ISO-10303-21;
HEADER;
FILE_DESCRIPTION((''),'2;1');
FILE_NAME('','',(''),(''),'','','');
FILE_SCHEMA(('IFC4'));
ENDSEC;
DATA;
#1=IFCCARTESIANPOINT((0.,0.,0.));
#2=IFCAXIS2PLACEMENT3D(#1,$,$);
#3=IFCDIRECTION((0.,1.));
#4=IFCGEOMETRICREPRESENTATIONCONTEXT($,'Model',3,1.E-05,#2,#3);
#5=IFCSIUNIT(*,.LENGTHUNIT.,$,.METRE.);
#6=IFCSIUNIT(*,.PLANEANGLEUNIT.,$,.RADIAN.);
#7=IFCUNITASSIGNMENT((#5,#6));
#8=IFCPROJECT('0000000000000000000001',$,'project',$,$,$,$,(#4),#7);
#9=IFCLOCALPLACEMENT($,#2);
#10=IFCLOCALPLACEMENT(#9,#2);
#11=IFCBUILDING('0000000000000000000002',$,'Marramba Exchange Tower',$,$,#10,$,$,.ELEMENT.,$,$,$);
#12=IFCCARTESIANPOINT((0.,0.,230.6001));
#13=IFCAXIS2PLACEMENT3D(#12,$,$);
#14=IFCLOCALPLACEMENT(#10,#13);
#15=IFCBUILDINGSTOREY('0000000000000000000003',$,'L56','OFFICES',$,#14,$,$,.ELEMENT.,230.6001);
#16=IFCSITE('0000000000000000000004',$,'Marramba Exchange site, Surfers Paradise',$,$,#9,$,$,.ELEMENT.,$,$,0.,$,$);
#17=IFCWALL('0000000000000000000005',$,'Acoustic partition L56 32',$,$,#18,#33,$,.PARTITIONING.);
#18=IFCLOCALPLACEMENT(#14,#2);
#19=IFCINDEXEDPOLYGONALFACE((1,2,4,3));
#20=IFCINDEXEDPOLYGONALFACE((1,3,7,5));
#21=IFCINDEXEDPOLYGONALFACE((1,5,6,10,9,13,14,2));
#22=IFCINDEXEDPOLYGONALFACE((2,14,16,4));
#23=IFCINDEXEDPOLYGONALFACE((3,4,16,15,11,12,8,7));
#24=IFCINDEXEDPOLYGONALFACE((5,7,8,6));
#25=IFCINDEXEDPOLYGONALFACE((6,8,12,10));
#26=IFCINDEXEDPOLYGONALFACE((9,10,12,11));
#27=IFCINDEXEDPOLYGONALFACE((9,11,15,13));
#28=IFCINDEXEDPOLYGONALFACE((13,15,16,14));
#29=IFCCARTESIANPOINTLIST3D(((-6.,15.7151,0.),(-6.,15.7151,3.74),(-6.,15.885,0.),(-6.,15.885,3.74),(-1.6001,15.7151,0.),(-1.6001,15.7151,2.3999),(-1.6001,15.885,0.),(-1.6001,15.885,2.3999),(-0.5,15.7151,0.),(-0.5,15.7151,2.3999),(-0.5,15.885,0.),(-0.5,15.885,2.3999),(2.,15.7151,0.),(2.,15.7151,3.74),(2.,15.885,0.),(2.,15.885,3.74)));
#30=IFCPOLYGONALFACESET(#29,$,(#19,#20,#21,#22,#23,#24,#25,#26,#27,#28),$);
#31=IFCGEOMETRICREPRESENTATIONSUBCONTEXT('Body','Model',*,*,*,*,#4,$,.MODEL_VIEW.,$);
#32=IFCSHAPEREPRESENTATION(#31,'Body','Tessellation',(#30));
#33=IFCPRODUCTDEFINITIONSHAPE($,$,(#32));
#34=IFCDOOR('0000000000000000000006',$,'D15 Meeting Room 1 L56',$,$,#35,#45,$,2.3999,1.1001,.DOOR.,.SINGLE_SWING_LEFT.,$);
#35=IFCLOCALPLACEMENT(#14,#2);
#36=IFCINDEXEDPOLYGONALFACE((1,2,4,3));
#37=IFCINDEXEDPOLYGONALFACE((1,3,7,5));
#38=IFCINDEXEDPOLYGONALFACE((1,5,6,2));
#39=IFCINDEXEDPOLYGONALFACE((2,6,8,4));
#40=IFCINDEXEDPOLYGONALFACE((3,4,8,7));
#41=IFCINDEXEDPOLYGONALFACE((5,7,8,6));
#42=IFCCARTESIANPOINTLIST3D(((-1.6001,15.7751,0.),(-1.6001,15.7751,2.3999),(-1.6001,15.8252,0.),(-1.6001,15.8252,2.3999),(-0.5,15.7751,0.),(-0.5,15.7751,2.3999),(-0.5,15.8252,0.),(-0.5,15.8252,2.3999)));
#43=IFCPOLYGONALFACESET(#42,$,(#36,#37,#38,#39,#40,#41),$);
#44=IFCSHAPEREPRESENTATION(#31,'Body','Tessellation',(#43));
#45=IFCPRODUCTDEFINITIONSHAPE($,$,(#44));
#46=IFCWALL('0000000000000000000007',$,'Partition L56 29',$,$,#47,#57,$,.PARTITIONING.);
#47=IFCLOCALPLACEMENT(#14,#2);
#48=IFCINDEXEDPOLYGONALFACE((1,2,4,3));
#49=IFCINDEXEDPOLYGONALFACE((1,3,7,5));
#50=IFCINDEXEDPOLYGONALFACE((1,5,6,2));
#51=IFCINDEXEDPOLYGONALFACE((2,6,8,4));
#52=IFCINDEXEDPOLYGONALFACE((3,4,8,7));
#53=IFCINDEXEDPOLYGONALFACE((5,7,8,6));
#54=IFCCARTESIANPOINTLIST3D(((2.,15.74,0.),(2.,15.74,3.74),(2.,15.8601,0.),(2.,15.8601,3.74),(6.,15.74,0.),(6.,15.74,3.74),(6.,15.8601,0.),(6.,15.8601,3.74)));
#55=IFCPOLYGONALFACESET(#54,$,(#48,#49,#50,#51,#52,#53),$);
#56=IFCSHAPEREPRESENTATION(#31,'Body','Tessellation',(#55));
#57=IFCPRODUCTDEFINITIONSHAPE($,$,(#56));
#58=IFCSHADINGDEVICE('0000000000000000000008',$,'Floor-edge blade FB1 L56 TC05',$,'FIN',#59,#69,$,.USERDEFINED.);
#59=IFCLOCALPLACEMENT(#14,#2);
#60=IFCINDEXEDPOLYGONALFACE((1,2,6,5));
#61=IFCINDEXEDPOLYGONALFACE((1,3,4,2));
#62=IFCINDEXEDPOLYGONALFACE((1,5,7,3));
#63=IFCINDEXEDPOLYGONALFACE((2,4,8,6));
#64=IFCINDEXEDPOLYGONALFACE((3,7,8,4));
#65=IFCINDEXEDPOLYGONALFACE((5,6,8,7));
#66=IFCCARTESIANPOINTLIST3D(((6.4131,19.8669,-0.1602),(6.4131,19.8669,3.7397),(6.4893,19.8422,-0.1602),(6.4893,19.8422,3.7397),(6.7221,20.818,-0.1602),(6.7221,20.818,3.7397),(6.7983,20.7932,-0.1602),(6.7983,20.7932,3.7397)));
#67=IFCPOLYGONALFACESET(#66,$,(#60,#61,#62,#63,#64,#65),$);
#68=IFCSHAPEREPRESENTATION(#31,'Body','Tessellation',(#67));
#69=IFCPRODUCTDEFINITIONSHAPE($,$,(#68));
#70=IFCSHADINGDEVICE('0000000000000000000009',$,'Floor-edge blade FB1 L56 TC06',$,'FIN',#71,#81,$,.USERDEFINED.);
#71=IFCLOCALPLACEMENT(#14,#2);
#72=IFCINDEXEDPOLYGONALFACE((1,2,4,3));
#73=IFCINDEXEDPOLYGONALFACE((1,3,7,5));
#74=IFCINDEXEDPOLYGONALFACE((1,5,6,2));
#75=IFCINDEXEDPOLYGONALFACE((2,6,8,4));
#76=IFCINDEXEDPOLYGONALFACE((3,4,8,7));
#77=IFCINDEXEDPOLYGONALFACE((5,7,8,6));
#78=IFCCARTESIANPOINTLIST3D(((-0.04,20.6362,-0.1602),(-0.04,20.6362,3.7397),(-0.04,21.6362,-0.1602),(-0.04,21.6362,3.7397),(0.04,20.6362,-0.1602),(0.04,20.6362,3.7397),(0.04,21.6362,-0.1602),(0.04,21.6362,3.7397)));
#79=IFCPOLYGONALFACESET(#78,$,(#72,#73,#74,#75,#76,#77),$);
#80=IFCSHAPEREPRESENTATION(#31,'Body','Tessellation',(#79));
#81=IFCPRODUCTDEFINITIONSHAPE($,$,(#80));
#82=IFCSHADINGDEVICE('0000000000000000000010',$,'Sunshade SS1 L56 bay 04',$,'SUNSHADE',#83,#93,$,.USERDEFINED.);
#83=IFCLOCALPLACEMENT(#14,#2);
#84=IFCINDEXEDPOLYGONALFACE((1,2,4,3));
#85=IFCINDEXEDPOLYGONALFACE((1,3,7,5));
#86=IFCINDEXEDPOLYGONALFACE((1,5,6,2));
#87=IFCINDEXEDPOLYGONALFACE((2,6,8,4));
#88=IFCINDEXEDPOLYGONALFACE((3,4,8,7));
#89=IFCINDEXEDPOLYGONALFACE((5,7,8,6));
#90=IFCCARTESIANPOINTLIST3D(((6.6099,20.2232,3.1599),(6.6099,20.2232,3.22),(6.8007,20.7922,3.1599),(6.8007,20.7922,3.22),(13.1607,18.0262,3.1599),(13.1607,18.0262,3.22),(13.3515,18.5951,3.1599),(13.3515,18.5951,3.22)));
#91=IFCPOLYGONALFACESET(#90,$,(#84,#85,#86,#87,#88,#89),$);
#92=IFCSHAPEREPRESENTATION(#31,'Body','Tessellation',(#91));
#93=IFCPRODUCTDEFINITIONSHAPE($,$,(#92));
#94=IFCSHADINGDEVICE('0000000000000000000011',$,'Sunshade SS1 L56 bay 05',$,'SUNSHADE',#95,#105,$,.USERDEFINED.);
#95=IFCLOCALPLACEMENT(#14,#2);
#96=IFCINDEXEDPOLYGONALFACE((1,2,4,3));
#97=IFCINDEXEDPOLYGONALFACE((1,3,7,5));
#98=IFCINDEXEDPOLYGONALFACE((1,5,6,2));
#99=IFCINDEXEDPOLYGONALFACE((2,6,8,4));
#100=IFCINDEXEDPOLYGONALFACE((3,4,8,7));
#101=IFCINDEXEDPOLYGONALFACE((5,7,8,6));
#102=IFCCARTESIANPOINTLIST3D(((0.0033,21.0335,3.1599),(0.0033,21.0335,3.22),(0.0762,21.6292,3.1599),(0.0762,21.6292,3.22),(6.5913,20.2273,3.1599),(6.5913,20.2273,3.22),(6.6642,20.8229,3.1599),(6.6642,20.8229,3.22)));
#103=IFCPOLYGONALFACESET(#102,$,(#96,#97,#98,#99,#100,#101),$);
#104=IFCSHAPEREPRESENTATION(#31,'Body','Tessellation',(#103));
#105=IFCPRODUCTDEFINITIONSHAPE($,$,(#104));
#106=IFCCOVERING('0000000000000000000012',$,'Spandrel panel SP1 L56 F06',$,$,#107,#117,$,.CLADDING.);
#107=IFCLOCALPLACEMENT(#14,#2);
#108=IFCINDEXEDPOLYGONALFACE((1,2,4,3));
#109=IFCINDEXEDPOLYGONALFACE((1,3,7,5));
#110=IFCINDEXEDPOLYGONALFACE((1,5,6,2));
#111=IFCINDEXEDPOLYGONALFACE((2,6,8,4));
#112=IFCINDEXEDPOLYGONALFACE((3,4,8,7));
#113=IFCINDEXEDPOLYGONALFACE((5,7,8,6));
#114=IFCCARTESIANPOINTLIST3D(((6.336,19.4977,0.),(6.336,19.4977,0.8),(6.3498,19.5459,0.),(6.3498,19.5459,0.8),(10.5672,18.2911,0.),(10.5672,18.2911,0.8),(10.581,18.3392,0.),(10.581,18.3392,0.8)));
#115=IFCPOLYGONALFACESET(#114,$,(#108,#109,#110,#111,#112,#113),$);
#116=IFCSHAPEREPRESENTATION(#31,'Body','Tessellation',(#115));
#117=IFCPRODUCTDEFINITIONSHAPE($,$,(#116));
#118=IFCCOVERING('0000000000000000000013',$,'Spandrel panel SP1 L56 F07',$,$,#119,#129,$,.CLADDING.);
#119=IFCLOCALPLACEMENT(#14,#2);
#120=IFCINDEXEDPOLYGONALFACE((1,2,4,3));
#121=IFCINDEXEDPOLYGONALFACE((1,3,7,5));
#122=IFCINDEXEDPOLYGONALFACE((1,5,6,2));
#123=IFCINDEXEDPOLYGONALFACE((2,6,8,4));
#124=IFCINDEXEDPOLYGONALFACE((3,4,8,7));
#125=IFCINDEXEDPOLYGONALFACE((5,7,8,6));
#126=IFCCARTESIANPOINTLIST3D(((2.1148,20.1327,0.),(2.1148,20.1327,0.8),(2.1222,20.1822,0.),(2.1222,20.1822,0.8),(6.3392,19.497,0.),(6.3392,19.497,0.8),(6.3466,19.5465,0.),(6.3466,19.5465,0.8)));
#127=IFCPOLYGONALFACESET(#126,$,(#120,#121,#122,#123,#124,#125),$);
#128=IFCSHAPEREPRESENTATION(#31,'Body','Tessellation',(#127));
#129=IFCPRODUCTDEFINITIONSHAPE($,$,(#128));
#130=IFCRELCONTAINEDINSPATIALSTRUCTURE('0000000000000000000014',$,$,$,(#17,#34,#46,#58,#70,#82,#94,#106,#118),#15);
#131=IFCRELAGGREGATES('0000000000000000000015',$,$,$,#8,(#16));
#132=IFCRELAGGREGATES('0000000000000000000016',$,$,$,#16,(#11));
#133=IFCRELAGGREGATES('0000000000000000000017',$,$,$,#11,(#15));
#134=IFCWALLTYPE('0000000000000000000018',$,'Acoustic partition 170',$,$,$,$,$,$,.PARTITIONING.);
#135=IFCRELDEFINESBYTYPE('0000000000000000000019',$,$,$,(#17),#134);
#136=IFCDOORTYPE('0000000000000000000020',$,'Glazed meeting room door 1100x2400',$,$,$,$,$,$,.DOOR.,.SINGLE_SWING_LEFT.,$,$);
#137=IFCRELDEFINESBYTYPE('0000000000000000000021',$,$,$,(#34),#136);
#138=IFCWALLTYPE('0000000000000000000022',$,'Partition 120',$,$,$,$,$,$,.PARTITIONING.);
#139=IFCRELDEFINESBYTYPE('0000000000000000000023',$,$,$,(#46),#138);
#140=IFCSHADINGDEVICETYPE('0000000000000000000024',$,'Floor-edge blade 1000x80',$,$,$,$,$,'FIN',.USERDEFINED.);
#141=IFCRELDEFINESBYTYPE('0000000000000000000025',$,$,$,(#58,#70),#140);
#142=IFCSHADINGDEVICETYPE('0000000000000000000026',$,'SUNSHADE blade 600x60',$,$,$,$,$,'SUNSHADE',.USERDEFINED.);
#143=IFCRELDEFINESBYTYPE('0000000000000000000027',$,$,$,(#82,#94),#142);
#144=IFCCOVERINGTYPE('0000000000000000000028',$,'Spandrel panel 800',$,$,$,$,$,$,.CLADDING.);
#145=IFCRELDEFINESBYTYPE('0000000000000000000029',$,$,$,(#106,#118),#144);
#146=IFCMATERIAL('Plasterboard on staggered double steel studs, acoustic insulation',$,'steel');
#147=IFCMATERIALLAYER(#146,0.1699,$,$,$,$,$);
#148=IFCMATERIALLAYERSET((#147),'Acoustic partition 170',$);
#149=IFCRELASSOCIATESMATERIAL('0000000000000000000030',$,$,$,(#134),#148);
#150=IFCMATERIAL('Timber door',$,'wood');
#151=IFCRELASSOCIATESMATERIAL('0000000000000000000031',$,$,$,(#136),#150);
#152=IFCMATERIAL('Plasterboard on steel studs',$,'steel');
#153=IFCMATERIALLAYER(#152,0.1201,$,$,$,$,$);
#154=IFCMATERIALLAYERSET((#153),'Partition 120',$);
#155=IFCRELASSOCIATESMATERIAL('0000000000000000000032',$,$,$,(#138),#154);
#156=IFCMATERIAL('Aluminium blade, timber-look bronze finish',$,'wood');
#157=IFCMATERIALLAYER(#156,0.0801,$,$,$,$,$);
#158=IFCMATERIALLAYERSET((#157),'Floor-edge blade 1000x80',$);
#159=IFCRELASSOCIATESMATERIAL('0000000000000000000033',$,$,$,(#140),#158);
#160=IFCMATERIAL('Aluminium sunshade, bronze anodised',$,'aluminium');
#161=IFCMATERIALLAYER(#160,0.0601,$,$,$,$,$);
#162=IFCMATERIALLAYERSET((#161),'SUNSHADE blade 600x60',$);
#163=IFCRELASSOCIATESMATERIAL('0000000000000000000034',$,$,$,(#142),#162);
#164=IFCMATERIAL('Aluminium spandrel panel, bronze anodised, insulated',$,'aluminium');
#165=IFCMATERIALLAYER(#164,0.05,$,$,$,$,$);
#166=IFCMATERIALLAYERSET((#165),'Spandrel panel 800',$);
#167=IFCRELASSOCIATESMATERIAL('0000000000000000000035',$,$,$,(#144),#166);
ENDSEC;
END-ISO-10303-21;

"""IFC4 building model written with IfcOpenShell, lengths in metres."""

from ifc_helpers import new_model, si_unit, direction, frame, frame_2d, origin, origin_2d, place, context, subcontext, project, spatial, rectangle, extrude, material, layer, layer_set, type_object, element, fill, save


model = new_model("IFC4")

# Units and contexts
model_context = context("Model", 3, precision=1e-05, world=origin(), true_north=direction((0.0, 1.0)))
body_context = subcontext(model_context, "Body", "Model", "MODEL_VIEW")
ifc_project = project(units=[si_unit("LENGTHUNIT", "METRE"), si_unit("PLANEANGLEUNIT", "RADIAN")], contexts=[model_context])

# Site, building, storey
site_placement = place(None, origin())
site = spatial("IfcSite", under=ifc_project, at=site_placement, Name="Marramba Exchange site, Surfers Paradise", CompositionType="ELEMENT", RefElevation=0.0)
building_placement = place(site_placement, origin())
building = spatial("IfcBuilding", under=site, at=building_placement, Name="Marramba Exchange Tower", CompositionType="ELEMENT")
storey_placement = place(building_placement, frame((0.0, 0.0, 230.6001)))
storey = spatial("IfcBuildingStorey", under=building, at=storey_placement, Name="L56", Description="OFFICES", CompositionType="ELEMENT", Elevation=230.6001)

# Shared definitions
ifc_material_1 = material(Name="Plasterboard on staggered double steel studs, acoustic insulation", Category="steel")
ifc_layer_1 = layer(ifc_material_1, 0.1699)
ifc_layer_set_1 = layer_set([ifc_layer_1], Name="Acoustic partition 170")
wall_type_1 = type_object("IfcWallType", Name="Acoustic partition 170", PredefinedType="PARTITIONING", material=ifc_layer_set_1)

# Wall, opening, door
wall_1_placement = place(storey_placement, frame((2.0, 15.8, 0.0), z_axis=(0.0, 0.0, 1.0), x_axis=(-1.0, 0.0, 0.0)))
wall_1 = element("IfcWall", 1, at=wall_1_placement, inside=storey, type_object=wall_type_1, Name="Acoustic partition L56 32", PredefinedType="PARTITIONING", context=body_context, shape_type="SweptSolid", body=[
    extrude(rectangle(XDim=8.0, YDim=0.1699, at=frame_2d((4.0, 0.0))), origin(), (0.0, 0.0, 1.0), 3.74),
])
opening_placement = place(wall_1_placement, frame((2.5, 0.0, 0.0)))
opening = element("IfcOpeningElement", 2, at=opening_placement, cuts=wall_1, PredefinedType="OPENING", context=body_context, shape_type="SweptSolid", body=[
    extrude(rectangle(XDim=1.1001, YDim=2.3999, at=frame_2d((0.55, 1.2))), frame((0.0, 0.095, 0.0), z_axis=(0.0, -1.0, 0.0), x_axis=(1.0, 0.0, 0.0)), (0.0, 0.0, 1.0), 0.1899),
])
ifc_material_2 = material(Name="Timber door", Category="wood")
door_type = type_object("IfcDoorType", Name="Glazed meeting room door 1100x2400", OperationType="SINGLE_SWING_LEFT", PredefinedType="DOOR", material=ifc_material_2)
door_placement = place(opening_placement, origin())
door = element("IfcDoor", 3, at=door_placement, inside=storey, type_object=door_type, Name="D15 Meeting Room 1 L56", OperationType="SINGLE_SWING_LEFT", OverallHeight=2.3999, OverallWidth=1.1001, PredefinedType="DOOR", context=body_context, shape_type="SweptSolid", body=[
    extrude(rectangle(XDim=1.1001, YDim=2.3999, at=frame_2d((0.55, 1.2))), frame((0.0, 0.0249, 0.0), z_axis=(0.0, -1.0, 0.0), x_axis=(1.0, 0.0, 0.0)), (0.0, 0.0, 1.0), 0.05),
])
fill(opening, door)

# Wall
ifc_material_3 = material(Name="Plasterboard on steel studs", Category="steel")
ifc_layer_2 = layer(ifc_material_3, 0.1201)
ifc_layer_set_2 = layer_set([ifc_layer_2], Name="Partition 120")
wall_type_2 = type_object("IfcWallType", Name="Partition 120", PredefinedType="PARTITIONING", material=ifc_layer_set_2)
wall_2_placement = place(storey_placement, frame((6.0, 15.8, 0.0), z_axis=(0.0, 0.0, 1.0), x_axis=(-1.0, 0.0, 0.0)))
element("IfcWall", 4, at=wall_2_placement, inside=storey, type_object=wall_type_2, Name="Partition L56 29", PredefinedType="PARTITIONING", context=body_context, shape_type="SweptSolid", body=[
    extrude(rectangle(XDim=4.0, YDim=0.1201, at=frame_2d((2.0, 0.0))), origin(), (0.0, 0.0, 1.0), 3.74),
])

# Shading devices
ifc_material_4 = material(Name="Aluminium blade, timber-look bronze finish", Category="wood")
ifc_layer_3 = layer(ifc_material_4, 0.0801)
ifc_layer_set_3 = layer_set([ifc_layer_3], Name="Floor-edge blade 1000x80")
shading_device_type_1 = type_object("IfcShadingDeviceType", Name="Floor-edge blade 1000x80", ElementType="FIN", PredefinedType="USERDEFINED", material=ifc_layer_set_3)
for number, where, z_axis, x_axis, name in (
    (5, (6.6057, 20.3301, -0.1602), (0.0, 0.0, 1.0), (0.309017, 0.951057, 0.0), "Floor-edge blade FB1 L56 TC05"),
    (6, (0.0, 21.1362, -0.1602), (0.0, 0.0, 1.0), (0.0, 1.0, 0.0), "Floor-edge blade FB1 L56 TC06"),
):
    element("IfcShadingDevice", number, at=place(storey_placement, frame(where, z_axis=z_axis, x_axis=x_axis)), inside=storey, type_object=shading_device_type_1, Name=name, ObjectType="FIN", PredefinedType="USERDEFINED", context=body_context, shape_type="SweptSolid", body=[
        extrude(rectangle(XDim=1.0, YDim=0.0801, at=origin_2d()), origin(), (0.0, 0.0, 1.0), 3.8999),
    ])
ifc_material_5 = material(Name="Aluminium sunshade, bronze anodised", Category="aluminium")
ifc_layer_4 = layer(ifc_material_5, 0.0601)
ifc_layer_set_4 = layer_set([ifc_layer_4], Name="SUNSHADE blade 600x60")
shading_device_type_2 = type_object("IfcShadingDeviceType", Name="SUNSHADE blade 600x60", ElementType="SUNSHADE", PredefinedType="USERDEFINED", material=ifc_layer_set_4)
shading_device_1_placement = place(storey_placement, frame((9.9807, 19.4092, 3.1599), z_axis=(0.0, 0.0, 1.0), x_axis=(-0.948096, 0.317983, 0.0)))
element("IfcShadingDevice", 7, at=shading_device_1_placement, inside=storey, type_object=shading_device_type_2, Name="Sunshade SS1 L56 bay 04", ObjectType="SUNSHADE", PredefinedType="USERDEFINED", context=body_context, shape_type="SweptSolid", body=[
    extrude(rectangle(XDim=6.9094, YDim=0.6001, at=origin_2d()), origin(), (0.0, 0.0, 1.0), 0.0601),
])
shading_device_2_placement = place(storey_placement, frame((3.3337, 20.9282, 3.1599), z_axis=(0.0, 0.0, 1.0), x_axis=(-0.992595, 0.121469, 0.0)))
element("IfcShadingDevice", 8, at=shading_device_2_placement, inside=storey, type_object=shading_device_type_2, Name="Sunshade SS1 L56 bay 05", ObjectType="SUNSHADE", PredefinedType="USERDEFINED", context=body_context, shape_type="SweptSolid", body=[
    extrude(rectangle(XDim=6.6372, YDim=0.6001, at=origin_2d()), origin(), (0.0, 0.0, 1.0), 0.0601),
])

# Coverings
ifc_material_6 = material(Name="Aluminium spandrel panel, bronze anodised, insulated", Category="aluminium")
ifc_layer_5 = layer(ifc_material_6, 0.05)
ifc_layer_set_5 = layer_set([ifc_layer_5], Name="Spandrel panel 800")
covering_type = type_object("IfcCoveringType", Name="Spandrel panel 800", PredefinedType="CLADDING", material=ifc_layer_set_5)
covering_1_placement = place(storey_placement, frame((8.4585, 18.9185, 0.0), z_axis=(0.0, 0.0, 1.0), x_axis=(-0.961659, 0.274248, 0.0)))
element("IfcCovering", 9, at=covering_1_placement, inside=storey, type_object=covering_type, Name="Spandrel panel SP1 L56 F06", PredefinedType="CLADDING", context=body_context, shape_type="SweptSolid", body=[
    extrude(rectangle(XDim=4.3999, YDim=0.05, at=origin_2d()), origin(), (0.0, 0.0, 1.0), 0.8),
])
covering_2_placement = place(storey_placement, frame((4.2307, 19.8396, 0.0), z_axis=(0.0, 0.0, 1.0), x_axis=(-0.988868, 0.148795, 0.0)))
element("IfcCovering", 10, at=covering_2_placement, inside=storey, type_object=covering_type, Name="Spandrel panel SP1 L56 F07", PredefinedType="CLADDING", context=body_context, shape_type="SweptSolid", body=[
    extrude(rectangle(XDim=4.272, YDim=0.05, at=origin_2d()), origin(), (0.0, 0.0, 1.0), 0.8),
])

save(model, "model.ifc")
